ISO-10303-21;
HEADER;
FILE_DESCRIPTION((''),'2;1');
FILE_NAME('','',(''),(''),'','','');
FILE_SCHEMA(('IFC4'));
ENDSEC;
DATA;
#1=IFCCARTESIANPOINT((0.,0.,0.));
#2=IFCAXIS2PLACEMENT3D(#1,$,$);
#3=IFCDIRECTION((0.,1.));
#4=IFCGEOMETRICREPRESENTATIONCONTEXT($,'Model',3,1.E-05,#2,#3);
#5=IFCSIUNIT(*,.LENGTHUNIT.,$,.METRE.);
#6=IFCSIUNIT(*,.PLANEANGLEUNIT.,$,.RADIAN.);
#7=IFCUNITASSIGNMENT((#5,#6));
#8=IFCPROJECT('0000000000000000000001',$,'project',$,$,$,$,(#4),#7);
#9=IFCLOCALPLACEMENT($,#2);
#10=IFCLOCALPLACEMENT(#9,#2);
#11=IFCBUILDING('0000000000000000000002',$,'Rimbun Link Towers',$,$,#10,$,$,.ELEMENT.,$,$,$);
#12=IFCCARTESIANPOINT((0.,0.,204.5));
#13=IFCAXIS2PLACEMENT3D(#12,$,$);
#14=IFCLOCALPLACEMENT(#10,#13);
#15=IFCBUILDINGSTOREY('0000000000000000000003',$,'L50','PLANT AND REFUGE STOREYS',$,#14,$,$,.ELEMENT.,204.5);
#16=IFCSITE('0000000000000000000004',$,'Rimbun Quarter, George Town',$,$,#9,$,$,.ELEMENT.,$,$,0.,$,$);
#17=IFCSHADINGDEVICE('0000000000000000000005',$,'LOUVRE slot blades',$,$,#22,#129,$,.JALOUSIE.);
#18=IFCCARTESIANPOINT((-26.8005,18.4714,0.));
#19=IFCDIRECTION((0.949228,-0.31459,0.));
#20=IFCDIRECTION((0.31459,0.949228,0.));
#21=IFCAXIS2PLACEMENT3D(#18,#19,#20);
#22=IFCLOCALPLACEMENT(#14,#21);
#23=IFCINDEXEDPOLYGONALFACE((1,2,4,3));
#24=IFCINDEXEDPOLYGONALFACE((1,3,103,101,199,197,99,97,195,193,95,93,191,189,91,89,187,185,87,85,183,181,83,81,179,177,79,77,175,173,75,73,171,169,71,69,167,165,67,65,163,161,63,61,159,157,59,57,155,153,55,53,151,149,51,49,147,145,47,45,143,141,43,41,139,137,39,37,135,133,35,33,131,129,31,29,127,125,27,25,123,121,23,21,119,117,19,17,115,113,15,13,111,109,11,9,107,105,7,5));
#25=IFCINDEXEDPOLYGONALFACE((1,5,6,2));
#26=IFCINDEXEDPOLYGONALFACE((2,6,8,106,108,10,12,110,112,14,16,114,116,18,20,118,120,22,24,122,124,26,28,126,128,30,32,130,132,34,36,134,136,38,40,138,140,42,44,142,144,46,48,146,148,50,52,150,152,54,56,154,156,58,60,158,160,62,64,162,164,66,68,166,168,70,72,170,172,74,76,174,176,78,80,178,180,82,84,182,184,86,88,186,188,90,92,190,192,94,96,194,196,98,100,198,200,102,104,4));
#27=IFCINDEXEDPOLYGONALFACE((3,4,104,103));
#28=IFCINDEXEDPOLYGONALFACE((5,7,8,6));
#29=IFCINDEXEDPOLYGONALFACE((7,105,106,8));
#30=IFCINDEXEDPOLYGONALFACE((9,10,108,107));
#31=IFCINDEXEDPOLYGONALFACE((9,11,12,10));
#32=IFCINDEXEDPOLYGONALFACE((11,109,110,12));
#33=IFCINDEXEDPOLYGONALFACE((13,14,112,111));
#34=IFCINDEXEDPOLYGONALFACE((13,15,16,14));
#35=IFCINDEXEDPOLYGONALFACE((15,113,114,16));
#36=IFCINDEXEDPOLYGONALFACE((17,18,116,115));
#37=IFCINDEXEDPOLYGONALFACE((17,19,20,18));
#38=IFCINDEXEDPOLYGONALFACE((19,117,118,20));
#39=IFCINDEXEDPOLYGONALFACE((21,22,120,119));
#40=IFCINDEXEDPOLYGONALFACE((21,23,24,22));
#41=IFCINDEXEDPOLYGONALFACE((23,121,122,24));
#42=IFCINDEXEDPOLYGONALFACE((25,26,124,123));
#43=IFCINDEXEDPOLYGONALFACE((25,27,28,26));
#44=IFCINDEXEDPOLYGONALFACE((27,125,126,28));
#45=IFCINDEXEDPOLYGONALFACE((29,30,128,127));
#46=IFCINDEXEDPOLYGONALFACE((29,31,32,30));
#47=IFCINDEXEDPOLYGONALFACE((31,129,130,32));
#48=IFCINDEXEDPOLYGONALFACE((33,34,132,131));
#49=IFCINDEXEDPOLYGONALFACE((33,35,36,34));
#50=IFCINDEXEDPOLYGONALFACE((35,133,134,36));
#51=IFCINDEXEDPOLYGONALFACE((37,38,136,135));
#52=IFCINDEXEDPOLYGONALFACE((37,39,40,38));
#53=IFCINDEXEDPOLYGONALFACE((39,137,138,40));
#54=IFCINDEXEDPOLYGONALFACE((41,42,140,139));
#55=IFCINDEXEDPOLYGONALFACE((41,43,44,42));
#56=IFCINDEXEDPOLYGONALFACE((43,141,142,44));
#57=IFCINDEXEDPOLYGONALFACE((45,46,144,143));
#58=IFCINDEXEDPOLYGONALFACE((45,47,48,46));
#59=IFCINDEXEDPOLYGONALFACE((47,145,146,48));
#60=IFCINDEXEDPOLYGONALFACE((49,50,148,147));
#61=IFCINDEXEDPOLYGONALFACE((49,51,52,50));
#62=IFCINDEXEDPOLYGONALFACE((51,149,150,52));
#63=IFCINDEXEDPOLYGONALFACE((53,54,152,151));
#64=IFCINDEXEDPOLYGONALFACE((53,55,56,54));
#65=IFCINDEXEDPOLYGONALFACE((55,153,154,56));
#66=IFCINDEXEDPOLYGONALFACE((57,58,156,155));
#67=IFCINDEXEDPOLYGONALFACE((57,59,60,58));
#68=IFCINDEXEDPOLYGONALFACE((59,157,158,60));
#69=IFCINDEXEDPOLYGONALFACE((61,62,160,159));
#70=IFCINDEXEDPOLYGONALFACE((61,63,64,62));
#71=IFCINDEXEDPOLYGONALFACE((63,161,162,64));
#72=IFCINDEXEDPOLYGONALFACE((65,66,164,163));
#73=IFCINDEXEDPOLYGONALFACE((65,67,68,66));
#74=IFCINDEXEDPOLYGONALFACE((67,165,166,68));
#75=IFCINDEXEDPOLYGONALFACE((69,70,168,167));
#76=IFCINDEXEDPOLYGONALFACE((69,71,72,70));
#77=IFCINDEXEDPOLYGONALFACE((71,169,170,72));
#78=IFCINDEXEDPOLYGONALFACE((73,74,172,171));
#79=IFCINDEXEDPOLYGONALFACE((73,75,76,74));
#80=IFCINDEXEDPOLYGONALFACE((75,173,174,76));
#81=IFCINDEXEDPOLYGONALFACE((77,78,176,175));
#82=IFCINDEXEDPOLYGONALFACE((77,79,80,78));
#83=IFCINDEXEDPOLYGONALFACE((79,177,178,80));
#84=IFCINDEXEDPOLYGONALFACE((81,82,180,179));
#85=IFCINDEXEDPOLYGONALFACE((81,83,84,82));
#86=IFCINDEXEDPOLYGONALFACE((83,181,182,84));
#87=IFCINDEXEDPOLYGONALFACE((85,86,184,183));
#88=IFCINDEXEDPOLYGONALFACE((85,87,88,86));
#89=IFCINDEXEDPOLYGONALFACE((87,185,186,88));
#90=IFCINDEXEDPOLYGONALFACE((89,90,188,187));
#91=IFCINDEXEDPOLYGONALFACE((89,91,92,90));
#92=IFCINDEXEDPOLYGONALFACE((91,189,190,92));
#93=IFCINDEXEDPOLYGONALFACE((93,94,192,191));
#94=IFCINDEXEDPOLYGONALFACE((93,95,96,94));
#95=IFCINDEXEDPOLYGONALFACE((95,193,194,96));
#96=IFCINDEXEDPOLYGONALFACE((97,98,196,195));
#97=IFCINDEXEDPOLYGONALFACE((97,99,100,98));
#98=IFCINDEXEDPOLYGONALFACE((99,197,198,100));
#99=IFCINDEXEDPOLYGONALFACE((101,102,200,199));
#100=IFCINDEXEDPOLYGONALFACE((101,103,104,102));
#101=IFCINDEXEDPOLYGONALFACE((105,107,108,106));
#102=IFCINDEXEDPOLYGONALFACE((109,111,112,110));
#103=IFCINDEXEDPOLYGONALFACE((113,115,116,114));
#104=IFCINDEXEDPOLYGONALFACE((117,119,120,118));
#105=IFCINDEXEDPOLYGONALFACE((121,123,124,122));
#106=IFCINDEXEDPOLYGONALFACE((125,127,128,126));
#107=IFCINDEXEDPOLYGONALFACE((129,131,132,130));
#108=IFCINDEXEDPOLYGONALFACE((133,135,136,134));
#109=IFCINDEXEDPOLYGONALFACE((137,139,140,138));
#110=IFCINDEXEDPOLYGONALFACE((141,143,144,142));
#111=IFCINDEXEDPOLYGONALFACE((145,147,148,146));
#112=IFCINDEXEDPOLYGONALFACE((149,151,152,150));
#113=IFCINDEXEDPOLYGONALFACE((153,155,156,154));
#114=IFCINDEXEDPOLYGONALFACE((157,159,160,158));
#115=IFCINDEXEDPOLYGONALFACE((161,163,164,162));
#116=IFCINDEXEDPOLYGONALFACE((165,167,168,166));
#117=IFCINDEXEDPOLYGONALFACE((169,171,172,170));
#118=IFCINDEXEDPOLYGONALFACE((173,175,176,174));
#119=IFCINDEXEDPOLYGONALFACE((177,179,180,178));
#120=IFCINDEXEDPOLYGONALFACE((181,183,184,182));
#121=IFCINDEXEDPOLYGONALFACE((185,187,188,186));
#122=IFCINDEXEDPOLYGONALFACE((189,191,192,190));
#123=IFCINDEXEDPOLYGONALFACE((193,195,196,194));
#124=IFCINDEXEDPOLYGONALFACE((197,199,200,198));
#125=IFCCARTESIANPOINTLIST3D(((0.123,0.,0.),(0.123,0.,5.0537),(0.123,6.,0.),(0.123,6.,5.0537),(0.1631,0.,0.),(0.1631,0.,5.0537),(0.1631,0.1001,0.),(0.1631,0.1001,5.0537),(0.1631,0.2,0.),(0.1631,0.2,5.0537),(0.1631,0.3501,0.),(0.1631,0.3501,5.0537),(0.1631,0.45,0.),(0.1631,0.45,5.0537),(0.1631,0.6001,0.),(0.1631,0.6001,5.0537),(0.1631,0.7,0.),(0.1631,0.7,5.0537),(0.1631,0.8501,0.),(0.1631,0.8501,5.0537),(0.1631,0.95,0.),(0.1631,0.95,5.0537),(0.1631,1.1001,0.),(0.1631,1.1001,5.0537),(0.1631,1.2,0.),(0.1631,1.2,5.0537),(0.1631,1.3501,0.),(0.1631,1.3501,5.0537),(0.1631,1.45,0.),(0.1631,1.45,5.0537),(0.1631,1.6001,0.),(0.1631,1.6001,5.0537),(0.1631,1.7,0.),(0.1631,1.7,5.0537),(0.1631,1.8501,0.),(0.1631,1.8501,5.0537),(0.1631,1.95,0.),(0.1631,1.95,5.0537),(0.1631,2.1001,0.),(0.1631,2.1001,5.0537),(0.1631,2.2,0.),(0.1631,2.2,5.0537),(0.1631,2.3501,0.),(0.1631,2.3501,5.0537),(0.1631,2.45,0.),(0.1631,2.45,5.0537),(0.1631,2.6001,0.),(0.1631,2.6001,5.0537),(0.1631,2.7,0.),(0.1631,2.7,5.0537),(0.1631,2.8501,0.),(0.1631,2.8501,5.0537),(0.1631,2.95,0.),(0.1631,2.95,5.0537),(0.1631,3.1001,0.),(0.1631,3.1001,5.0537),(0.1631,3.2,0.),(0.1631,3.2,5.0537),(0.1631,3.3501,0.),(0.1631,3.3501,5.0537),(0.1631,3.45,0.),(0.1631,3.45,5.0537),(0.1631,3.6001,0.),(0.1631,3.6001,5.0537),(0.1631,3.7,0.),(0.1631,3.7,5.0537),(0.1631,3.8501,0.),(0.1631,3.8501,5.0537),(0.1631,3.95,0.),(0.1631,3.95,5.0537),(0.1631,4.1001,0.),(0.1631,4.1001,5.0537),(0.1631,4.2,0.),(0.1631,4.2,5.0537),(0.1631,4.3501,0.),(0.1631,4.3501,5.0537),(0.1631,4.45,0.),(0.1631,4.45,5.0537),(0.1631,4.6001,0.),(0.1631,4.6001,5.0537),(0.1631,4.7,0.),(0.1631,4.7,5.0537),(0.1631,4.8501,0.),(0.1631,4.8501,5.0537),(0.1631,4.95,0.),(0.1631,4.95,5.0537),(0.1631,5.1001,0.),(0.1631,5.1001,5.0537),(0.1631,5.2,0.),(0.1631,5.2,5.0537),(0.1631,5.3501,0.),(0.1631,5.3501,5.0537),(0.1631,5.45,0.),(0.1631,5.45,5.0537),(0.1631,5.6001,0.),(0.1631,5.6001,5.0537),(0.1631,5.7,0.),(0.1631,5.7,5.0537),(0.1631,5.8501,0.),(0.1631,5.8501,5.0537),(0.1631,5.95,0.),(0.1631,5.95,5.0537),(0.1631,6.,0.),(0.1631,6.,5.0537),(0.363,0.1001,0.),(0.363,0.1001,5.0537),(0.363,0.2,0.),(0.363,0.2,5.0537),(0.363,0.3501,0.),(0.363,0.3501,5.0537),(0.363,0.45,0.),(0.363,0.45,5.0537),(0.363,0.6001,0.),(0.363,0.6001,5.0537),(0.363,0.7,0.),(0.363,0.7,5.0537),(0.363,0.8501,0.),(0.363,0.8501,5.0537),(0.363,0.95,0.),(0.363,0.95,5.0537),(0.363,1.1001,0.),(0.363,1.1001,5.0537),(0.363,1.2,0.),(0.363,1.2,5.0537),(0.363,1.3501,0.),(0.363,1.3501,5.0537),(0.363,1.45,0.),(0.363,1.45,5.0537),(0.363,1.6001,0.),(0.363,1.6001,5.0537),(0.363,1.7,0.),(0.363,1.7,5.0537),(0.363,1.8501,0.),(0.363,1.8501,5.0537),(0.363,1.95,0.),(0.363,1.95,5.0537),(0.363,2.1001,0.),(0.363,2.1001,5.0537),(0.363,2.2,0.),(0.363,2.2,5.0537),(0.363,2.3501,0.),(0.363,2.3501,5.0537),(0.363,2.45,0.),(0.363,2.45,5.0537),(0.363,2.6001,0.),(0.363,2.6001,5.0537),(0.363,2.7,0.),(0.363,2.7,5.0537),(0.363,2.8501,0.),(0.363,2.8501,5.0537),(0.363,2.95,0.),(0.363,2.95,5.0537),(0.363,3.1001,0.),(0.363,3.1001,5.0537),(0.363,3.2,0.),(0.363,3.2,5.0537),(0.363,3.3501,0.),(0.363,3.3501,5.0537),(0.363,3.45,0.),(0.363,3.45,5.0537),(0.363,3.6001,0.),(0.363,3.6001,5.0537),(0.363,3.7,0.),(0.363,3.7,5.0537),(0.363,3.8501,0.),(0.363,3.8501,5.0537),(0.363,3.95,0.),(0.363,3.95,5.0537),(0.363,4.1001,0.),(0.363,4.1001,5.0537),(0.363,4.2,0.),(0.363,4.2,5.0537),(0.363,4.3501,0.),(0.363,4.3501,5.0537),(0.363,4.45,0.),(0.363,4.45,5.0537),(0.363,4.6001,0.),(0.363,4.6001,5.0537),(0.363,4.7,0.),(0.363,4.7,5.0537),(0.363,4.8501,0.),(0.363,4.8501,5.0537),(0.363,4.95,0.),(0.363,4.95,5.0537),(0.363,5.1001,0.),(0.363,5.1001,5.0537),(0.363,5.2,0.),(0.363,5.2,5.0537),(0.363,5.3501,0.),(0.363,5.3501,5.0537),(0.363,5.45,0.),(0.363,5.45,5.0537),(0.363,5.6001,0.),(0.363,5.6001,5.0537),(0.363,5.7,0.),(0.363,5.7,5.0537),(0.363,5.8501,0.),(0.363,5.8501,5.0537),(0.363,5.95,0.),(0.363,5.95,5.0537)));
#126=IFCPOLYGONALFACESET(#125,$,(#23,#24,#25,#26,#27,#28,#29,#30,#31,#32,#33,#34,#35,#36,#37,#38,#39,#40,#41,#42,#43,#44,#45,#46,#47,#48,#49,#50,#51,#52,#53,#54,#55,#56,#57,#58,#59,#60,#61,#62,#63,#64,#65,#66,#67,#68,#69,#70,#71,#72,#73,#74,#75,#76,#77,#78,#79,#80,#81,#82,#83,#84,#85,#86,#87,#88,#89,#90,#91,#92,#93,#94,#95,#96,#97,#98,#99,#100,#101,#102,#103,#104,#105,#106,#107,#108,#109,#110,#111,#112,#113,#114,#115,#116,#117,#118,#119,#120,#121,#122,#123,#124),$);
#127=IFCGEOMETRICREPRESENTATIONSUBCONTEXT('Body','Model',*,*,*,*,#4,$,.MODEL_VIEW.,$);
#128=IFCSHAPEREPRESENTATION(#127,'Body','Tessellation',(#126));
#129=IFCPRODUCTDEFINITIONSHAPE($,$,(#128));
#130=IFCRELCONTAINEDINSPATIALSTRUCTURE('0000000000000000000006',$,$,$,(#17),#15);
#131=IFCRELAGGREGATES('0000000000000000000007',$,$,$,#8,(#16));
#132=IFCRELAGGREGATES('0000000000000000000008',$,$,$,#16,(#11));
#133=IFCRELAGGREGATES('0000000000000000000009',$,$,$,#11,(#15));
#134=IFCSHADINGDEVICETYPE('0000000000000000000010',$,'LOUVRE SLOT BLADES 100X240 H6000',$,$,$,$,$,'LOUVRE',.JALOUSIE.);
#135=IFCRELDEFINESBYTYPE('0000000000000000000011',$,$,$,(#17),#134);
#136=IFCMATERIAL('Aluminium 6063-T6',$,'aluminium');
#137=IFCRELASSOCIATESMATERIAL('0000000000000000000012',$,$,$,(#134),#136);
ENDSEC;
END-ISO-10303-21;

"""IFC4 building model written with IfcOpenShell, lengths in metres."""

from ifc_helpers import new_model, si_unit, direction, frame, origin, place, context, subcontext, project, spatial, polyline, outline, extrude, material, material_profile, profile_set, type_object, element, save


model = new_model("IFC4")

# Units and contexts
model_context = context("Model", 3, precision=1e-05, world=origin(), true_north=direction((0.0, 1.0)))
body_context = subcontext(model_context, "Body", "Model", "MODEL_VIEW")
ifc_project = project(units=[si_unit("LENGTHUNIT", "METRE"), si_unit("PLANEANGLEUNIT", "RADIAN")], contexts=[model_context])

# Site, building, storey
site_placement = place(None, origin())
site = spatial("IfcSite", under=ifc_project, at=site_placement, Name="Rimbun Quarter, George Town", CompositionType="ELEMENT", RefElevation=0.0)
building_placement = place(site_placement, origin())
building = spatial("IfcBuilding", under=site, at=building_placement, Name="Rimbun Link Towers", CompositionType="ELEMENT")
storey_placement = place(building_placement, frame((0.0, 0.0, 204.5)))
storey = spatial("IfcBuildingStorey", under=building, at=storey_placement, Name="L50", Description="PLANT AND REFUGE STOREYS", CompositionType="ELEMENT", Elevation=204.5)

# Shading device
ifc_material_1 = material(Name="Aluminium 6063-T6", Category="aluminium")
ifc_material_profile_1 = material_profile(ifc_material_1, outline(polyline([(0.123, 0.0), (0.1631, 0.0), (0.1631, 0.1001), (0.363, 0.1001), (0.363, 0.2), (0.1631, 0.2), (0.1631, 0.3501), (0.363, 0.3501), (0.363, 0.45), (0.1631, 0.45), (0.1631, 0.6001), (0.363, 0.6001), (0.363, 0.7), (0.1631, 0.7), (0.1631, 0.8501), (0.363, 0.8501), (0.363, 0.95), (0.1631, 0.95), (0.1631, 1.1001), (0.363, 1.1001), (0.363, 1.2), (0.1631, 1.2), (0.1631, 1.3501), (0.363, 1.3501), (0.363, 1.45), (0.1631, 1.45), (0.1631, 1.6001), (0.363, 1.6001), (0.363, 1.7), (0.1631, 1.7), (0.1631, 1.8501), (0.363, 1.8501), (0.363, 1.95), (0.1631, 1.95), (0.1631, 2.1001), (0.363, 2.1001), (0.363, 2.2), (0.1631, 2.2), (0.1631, 2.3501), (0.363, 2.3501), (0.363, 2.45), (0.1631, 2.45), (0.1631, 2.6001), (0.363, 2.6001), (0.363, 2.7), (0.1631, 2.7), (0.1631, 2.8501), (0.363, 2.8501), (0.363, 2.95), (0.1631, 2.95), (0.1631, 3.1001), (0.363, 3.1001), (0.363, 3.2), (0.1631, 3.2), (0.1631, 3.3501), (0.363, 3.3501), (0.363, 3.45), (0.1631, 3.45), (0.1631, 3.6001), (0.363, 3.6001), (0.363, 3.7), (0.1631, 3.7), (0.1631, 3.8501), (0.363, 3.8501), (0.363, 3.95), (0.1631, 3.95), (0.1631, 4.1001), (0.363, 4.1001), (0.363, 4.2), (0.1631, 4.2), (0.1631, 4.3501), (0.363, 4.3501), (0.363, 4.45), (0.1631, 4.45), (0.1631, 4.6001), (0.363, 4.6001), (0.363, 4.7), (0.1631, 4.7), (0.1631, 4.8501), (0.363, 4.8501), (0.363, 4.95), (0.1631, 4.95), (0.1631, 5.1001), (0.363, 5.1001), (0.363, 5.2), (0.1631, 5.2), (0.1631, 5.3501), (0.363, 5.3501), (0.363, 5.45), (0.1631, 5.45), (0.1631, 5.6001), (0.363, 5.6001), (0.363, 5.7), (0.1631, 5.7), (0.1631, 5.8501), (0.363, 5.8501), (0.363, 5.95), (0.1631, 5.95), (0.1631, 6.0), (0.123, 6.0), (0.123, 0.0)])), Name="LOUVRE BLADES 100X240")
ifc_profile_set_1 = profile_set([ifc_material_profile_1], Name="Aluminium 6063-T6")
shading_device_type = type_object("IfcShadingDeviceType", Name="LOUVRE SLOT BLADES 100X240 H6000", ElementType="LOUVRE", PredefinedType="JALOUSIE", material=ifc_profile_set_1)
shading_device_placement = place(storey_placement, frame((-26.8005, 18.4714, 0.0), z_axis=(0.949228, -0.31459, 0.0), x_axis=(0.31459, 0.949228, 0.0)))
element("IfcShadingDevice", 1, at=shading_device_placement, inside=storey, type_object=shading_device_type, Name="LOUVRE slot blades", PredefinedType="JALOUSIE", context=body_context, shape_type="SweptSolid", body=[
    extrude(outline(polyline([(0.123, 0.0), (0.1631, 0.0), (0.1631, 0.1001), (0.363, 0.1001), (0.363, 0.2), (0.1631, 0.2), (0.1631, 0.3501), (0.363, 0.3501), (0.363, 0.45), (0.1631, 0.45), (0.1631, 0.6001), (0.363, 0.6001), (0.363, 0.7), (0.1631, 0.7), (0.1631, 0.8501), (0.363, 0.8501), (0.363, 0.95), (0.1631, 0.95), (0.1631, 1.1001), (0.363, 1.1001), (0.363, 1.2), (0.1631, 1.2), (0.1631, 1.3501), (0.363, 1.3501), (0.363, 1.45), (0.1631, 1.45), (0.1631, 1.6001), (0.363, 1.6001), (0.363, 1.7), (0.1631, 1.7), (0.1631, 1.8501), (0.363, 1.8501), (0.363, 1.95), (0.1631, 1.95), (0.1631, 2.1001), (0.363, 2.1001), (0.363, 2.2), (0.1631, 2.2), (0.1631, 2.3501), (0.363, 2.3501), (0.363, 2.45), (0.1631, 2.45), (0.1631, 2.6001), (0.363, 2.6001), (0.363, 2.7), (0.1631, 2.7), (0.1631, 2.8501), (0.363, 2.8501), (0.363, 2.95), (0.1631, 2.95), (0.1631, 3.1001), (0.363, 3.1001), (0.363, 3.2), (0.1631, 3.2), (0.1631, 3.3501), (0.363, 3.3501), (0.363, 3.45), (0.1631, 3.45), (0.1631, 3.6001), (0.363, 3.6001), (0.363, 3.7), (0.1631, 3.7), (0.1631, 3.8501), (0.363, 3.8501), (0.363, 3.95), (0.1631, 3.95), (0.1631, 4.1001), (0.363, 4.1001), (0.363, 4.2), (0.1631, 4.2), (0.1631, 4.3501), (0.363, 4.3501), (0.363, 4.45), (0.1631, 4.45), (0.1631, 4.6001), (0.363, 4.6001), (0.363, 4.7), (0.1631, 4.7), (0.1631, 4.8501), (0.363, 4.8501), (0.363, 4.95), (0.1631, 4.95), (0.1631, 5.1001), (0.363, 5.1001), (0.363, 5.2), (0.1631, 5.2), (0.1631, 5.3501), (0.363, 5.3501), (0.363, 5.45), (0.1631, 5.45), (0.1631, 5.6001), (0.363, 5.6001), (0.363, 5.7), (0.1631, 5.7), (0.1631, 5.8501), (0.363, 5.8501), (0.363, 5.95), (0.1631, 5.95), (0.1631, 6.0), (0.123, 6.0), (0.123, 0.0)])), origin(), (0.0, 0.0, 1.0), 5.0537),
])

save(model, "model.ifc")
